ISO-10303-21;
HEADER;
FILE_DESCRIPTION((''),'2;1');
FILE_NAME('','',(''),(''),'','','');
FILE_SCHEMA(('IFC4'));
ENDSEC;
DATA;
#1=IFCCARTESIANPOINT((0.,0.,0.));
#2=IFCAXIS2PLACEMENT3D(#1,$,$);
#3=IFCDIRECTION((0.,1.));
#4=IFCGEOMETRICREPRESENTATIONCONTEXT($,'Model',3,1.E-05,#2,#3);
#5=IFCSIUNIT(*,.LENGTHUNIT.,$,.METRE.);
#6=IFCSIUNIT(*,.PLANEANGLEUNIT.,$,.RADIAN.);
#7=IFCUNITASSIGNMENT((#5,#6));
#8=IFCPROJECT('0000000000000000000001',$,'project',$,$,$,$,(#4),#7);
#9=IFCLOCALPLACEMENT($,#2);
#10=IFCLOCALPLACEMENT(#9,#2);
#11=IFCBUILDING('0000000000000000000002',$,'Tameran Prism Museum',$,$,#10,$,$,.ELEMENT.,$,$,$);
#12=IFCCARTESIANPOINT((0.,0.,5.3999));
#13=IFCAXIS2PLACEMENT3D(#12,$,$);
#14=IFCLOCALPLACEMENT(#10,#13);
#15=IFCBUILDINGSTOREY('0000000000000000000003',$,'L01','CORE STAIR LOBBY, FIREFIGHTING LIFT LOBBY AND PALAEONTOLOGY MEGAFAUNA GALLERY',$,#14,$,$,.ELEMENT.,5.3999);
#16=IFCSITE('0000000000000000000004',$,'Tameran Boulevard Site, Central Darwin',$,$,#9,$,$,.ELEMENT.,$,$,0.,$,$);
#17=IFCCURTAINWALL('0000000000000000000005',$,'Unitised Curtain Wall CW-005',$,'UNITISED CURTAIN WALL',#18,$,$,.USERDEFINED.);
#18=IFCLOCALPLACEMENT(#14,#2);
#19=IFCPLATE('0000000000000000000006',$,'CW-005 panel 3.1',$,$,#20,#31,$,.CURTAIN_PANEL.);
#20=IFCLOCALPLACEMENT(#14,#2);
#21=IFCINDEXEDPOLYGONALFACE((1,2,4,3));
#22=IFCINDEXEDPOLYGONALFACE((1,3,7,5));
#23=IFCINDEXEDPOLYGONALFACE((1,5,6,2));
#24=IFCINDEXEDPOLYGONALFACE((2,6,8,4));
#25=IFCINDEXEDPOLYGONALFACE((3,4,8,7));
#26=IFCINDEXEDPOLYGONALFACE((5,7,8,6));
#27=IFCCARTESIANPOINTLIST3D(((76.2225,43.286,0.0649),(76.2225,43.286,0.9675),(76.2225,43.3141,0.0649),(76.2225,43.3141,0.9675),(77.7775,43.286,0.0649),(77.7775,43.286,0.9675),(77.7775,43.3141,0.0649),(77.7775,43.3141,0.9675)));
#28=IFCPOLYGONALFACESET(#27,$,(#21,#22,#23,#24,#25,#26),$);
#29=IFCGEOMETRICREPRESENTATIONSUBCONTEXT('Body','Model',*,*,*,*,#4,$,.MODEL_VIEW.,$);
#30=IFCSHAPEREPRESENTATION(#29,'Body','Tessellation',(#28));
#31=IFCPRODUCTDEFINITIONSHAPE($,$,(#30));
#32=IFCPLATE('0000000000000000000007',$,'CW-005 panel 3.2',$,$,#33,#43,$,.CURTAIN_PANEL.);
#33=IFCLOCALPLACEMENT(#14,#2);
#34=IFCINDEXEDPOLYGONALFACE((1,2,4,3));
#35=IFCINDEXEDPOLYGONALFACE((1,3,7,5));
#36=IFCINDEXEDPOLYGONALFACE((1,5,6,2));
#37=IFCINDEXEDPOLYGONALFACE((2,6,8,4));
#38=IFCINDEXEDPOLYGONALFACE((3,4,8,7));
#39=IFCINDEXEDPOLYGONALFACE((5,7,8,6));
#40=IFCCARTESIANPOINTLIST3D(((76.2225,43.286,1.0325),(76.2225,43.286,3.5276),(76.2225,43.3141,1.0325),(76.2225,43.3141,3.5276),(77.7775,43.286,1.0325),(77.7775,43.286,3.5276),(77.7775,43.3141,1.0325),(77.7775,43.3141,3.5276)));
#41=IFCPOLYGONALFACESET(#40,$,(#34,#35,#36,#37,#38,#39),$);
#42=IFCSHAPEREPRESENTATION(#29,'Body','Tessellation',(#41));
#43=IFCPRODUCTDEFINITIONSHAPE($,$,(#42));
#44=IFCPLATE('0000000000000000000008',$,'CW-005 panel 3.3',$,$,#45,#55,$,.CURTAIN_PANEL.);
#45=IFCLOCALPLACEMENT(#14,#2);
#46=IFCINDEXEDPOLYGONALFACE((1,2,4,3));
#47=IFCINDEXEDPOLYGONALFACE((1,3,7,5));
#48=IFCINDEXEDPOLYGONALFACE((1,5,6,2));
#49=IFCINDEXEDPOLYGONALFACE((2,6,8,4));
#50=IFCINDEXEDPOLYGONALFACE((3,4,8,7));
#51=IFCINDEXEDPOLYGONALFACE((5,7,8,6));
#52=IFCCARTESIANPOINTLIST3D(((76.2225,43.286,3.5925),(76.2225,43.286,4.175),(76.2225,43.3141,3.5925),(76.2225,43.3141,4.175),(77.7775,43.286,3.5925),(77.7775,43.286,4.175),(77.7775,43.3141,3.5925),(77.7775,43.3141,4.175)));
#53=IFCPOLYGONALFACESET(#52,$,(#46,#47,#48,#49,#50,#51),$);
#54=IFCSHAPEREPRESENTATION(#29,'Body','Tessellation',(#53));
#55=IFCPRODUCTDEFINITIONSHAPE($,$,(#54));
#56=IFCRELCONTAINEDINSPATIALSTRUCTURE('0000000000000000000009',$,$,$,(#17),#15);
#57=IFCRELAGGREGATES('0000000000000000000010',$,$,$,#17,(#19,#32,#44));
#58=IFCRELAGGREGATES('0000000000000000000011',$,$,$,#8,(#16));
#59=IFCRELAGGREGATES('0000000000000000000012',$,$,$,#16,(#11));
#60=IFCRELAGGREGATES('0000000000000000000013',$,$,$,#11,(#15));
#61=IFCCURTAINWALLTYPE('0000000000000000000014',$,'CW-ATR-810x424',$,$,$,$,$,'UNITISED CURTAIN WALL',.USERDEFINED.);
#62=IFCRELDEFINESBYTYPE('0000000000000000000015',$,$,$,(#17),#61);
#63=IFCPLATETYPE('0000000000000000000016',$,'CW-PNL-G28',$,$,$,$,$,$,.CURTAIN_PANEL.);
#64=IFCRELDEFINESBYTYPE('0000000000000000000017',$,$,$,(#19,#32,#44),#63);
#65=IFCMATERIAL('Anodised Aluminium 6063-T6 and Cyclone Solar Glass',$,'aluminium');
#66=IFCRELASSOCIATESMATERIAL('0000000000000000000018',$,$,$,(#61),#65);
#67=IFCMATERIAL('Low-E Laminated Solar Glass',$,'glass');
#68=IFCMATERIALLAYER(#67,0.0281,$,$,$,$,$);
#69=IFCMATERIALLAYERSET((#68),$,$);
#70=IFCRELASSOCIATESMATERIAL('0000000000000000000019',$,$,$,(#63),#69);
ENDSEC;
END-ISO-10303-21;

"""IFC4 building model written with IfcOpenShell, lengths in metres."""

from ifc_helpers import new_model, si_unit, direction, frame, origin, origin_2d, place, context, subcontext, project, spatial, rectangle, extrude, material, layer, layer_set, type_object, element, aggregate, save


model = new_model("IFC4")

# Units and contexts
model_context = context("Model", 3, precision=1e-05, world=origin(), true_north=direction((0.0, 1.0)))
body_context = subcontext(model_context, "Body", "Model", "MODEL_VIEW")
ifc_project = project(units=[si_unit("LENGTHUNIT", "METRE"), si_unit("PLANEANGLEUNIT", "RADIAN")], contexts=[model_context])

# Site, building, storey
site_placement = place(None, origin())
site = spatial("IfcSite", under=ifc_project, at=site_placement, Name="Tameran Boulevard Site, Central Darwin", CompositionType="ELEMENT", RefElevation=0.0)
building_placement = place(site_placement, origin())
building = spatial("IfcBuilding", under=site, at=building_placement, Name="Tameran Prism Museum", CompositionType="ELEMENT")
storey_placement = place(building_placement, frame((0.0, 0.0, 5.3999)))
storey = spatial("IfcBuildingStorey", under=building, at=storey_placement, Name="L01", Description="CORE STAIR LOBBY, FIREFIGHTING LIFT LOBBY AND PALAEONTOLOGY MEGAFAUNA GALLERY", CompositionType="ELEMENT", Elevation=5.3999)

# Curtain wall
ifc_material_1 = material(Name="Anodised Aluminium 6063-T6 and Cyclone Solar Glass", Category="aluminium")
curtain_wall_type_1 = type_object("IfcCurtainWallType", Name="CW-ATR-810x424", ElementType="UNITISED CURTAIN WALL", PredefinedType="USERDEFINED", material=ifc_material_1)
curtain_wall_1_placement = place(storey_placement, origin())
curtain_wall_1 = element("IfcCurtainWall", 1, at=curtain_wall_1_placement, inside=storey, type_object=curtain_wall_type_1, Name="Unitised Curtain Wall CW-005", ObjectType="UNITISED CURTAIN WALL", PredefinedType="USERDEFINED")

# Plates
ifc_material_2 = material(Name="Low-E Laminated Solar Glass", Category="glass")
ifc_layer = layer(ifc_material_2, 0.0281)
ifc_layer_set = layer_set([ifc_layer])
plate_type = type_object("IfcPlateType", Name="CW-PNL-G28", PredefinedType="CURTAIN_PANEL", material=ifc_layer_set)
plate_1_placement = place(storey_placement, frame((77.0, 43.3, 0.0649), z_axis=(0.0, 0.0, 1.0), x_axis=(-1.0, 0.0, 0.0)))
plate_1 = element("IfcPlate", 2, at=plate_1_placement, type_object=plate_type, Name="CW-005 panel 3.1", PredefinedType="CURTAIN_PANEL", context=body_context, shape_type="SweptSolid", body=[
    extrude(rectangle(XDim=1.5549, YDim=0.0281, at=origin_2d()), origin(), (0.0, 0.0, 1.0), 0.9026),
])
plate_2_placement = place(storey_placement, frame((77.0, 43.3, 1.0325), z_axis=(0.0, 0.0, 1.0), x_axis=(-1.0, 0.0, 0.0)))
plate_2 = element("IfcPlate", 3, at=plate_2_placement, type_object=plate_type, Name="CW-005 panel 3.2", PredefinedType="CURTAIN_PANEL", context=body_context, shape_type="SweptSolid", body=[
    extrude(rectangle(XDim=1.5549, YDim=0.0281, at=origin_2d()), origin(), (0.0, 0.0, 1.0), 2.4951),
])
plate_3_placement = place(storey_placement, frame((77.0, 43.3, 3.5925), z_axis=(0.0, 0.0, 1.0), x_axis=(-1.0, 0.0, 0.0)))
plate_3 = element("IfcPlate", 4, at=plate_3_placement, type_object=plate_type, Name="CW-005 panel 3.3", PredefinedType="CURTAIN_PANEL", context=body_context, shape_type="SweptSolid", body=[
    extrude(rectangle(XDim=1.5549, YDim=0.0281, at=origin_2d()), origin(), (0.0, 0.0, 1.0), 0.5825),
])
aggregate(curtain_wall_1, [plate_1, plate_2, plate_3])

save(model, "model.ifc")
